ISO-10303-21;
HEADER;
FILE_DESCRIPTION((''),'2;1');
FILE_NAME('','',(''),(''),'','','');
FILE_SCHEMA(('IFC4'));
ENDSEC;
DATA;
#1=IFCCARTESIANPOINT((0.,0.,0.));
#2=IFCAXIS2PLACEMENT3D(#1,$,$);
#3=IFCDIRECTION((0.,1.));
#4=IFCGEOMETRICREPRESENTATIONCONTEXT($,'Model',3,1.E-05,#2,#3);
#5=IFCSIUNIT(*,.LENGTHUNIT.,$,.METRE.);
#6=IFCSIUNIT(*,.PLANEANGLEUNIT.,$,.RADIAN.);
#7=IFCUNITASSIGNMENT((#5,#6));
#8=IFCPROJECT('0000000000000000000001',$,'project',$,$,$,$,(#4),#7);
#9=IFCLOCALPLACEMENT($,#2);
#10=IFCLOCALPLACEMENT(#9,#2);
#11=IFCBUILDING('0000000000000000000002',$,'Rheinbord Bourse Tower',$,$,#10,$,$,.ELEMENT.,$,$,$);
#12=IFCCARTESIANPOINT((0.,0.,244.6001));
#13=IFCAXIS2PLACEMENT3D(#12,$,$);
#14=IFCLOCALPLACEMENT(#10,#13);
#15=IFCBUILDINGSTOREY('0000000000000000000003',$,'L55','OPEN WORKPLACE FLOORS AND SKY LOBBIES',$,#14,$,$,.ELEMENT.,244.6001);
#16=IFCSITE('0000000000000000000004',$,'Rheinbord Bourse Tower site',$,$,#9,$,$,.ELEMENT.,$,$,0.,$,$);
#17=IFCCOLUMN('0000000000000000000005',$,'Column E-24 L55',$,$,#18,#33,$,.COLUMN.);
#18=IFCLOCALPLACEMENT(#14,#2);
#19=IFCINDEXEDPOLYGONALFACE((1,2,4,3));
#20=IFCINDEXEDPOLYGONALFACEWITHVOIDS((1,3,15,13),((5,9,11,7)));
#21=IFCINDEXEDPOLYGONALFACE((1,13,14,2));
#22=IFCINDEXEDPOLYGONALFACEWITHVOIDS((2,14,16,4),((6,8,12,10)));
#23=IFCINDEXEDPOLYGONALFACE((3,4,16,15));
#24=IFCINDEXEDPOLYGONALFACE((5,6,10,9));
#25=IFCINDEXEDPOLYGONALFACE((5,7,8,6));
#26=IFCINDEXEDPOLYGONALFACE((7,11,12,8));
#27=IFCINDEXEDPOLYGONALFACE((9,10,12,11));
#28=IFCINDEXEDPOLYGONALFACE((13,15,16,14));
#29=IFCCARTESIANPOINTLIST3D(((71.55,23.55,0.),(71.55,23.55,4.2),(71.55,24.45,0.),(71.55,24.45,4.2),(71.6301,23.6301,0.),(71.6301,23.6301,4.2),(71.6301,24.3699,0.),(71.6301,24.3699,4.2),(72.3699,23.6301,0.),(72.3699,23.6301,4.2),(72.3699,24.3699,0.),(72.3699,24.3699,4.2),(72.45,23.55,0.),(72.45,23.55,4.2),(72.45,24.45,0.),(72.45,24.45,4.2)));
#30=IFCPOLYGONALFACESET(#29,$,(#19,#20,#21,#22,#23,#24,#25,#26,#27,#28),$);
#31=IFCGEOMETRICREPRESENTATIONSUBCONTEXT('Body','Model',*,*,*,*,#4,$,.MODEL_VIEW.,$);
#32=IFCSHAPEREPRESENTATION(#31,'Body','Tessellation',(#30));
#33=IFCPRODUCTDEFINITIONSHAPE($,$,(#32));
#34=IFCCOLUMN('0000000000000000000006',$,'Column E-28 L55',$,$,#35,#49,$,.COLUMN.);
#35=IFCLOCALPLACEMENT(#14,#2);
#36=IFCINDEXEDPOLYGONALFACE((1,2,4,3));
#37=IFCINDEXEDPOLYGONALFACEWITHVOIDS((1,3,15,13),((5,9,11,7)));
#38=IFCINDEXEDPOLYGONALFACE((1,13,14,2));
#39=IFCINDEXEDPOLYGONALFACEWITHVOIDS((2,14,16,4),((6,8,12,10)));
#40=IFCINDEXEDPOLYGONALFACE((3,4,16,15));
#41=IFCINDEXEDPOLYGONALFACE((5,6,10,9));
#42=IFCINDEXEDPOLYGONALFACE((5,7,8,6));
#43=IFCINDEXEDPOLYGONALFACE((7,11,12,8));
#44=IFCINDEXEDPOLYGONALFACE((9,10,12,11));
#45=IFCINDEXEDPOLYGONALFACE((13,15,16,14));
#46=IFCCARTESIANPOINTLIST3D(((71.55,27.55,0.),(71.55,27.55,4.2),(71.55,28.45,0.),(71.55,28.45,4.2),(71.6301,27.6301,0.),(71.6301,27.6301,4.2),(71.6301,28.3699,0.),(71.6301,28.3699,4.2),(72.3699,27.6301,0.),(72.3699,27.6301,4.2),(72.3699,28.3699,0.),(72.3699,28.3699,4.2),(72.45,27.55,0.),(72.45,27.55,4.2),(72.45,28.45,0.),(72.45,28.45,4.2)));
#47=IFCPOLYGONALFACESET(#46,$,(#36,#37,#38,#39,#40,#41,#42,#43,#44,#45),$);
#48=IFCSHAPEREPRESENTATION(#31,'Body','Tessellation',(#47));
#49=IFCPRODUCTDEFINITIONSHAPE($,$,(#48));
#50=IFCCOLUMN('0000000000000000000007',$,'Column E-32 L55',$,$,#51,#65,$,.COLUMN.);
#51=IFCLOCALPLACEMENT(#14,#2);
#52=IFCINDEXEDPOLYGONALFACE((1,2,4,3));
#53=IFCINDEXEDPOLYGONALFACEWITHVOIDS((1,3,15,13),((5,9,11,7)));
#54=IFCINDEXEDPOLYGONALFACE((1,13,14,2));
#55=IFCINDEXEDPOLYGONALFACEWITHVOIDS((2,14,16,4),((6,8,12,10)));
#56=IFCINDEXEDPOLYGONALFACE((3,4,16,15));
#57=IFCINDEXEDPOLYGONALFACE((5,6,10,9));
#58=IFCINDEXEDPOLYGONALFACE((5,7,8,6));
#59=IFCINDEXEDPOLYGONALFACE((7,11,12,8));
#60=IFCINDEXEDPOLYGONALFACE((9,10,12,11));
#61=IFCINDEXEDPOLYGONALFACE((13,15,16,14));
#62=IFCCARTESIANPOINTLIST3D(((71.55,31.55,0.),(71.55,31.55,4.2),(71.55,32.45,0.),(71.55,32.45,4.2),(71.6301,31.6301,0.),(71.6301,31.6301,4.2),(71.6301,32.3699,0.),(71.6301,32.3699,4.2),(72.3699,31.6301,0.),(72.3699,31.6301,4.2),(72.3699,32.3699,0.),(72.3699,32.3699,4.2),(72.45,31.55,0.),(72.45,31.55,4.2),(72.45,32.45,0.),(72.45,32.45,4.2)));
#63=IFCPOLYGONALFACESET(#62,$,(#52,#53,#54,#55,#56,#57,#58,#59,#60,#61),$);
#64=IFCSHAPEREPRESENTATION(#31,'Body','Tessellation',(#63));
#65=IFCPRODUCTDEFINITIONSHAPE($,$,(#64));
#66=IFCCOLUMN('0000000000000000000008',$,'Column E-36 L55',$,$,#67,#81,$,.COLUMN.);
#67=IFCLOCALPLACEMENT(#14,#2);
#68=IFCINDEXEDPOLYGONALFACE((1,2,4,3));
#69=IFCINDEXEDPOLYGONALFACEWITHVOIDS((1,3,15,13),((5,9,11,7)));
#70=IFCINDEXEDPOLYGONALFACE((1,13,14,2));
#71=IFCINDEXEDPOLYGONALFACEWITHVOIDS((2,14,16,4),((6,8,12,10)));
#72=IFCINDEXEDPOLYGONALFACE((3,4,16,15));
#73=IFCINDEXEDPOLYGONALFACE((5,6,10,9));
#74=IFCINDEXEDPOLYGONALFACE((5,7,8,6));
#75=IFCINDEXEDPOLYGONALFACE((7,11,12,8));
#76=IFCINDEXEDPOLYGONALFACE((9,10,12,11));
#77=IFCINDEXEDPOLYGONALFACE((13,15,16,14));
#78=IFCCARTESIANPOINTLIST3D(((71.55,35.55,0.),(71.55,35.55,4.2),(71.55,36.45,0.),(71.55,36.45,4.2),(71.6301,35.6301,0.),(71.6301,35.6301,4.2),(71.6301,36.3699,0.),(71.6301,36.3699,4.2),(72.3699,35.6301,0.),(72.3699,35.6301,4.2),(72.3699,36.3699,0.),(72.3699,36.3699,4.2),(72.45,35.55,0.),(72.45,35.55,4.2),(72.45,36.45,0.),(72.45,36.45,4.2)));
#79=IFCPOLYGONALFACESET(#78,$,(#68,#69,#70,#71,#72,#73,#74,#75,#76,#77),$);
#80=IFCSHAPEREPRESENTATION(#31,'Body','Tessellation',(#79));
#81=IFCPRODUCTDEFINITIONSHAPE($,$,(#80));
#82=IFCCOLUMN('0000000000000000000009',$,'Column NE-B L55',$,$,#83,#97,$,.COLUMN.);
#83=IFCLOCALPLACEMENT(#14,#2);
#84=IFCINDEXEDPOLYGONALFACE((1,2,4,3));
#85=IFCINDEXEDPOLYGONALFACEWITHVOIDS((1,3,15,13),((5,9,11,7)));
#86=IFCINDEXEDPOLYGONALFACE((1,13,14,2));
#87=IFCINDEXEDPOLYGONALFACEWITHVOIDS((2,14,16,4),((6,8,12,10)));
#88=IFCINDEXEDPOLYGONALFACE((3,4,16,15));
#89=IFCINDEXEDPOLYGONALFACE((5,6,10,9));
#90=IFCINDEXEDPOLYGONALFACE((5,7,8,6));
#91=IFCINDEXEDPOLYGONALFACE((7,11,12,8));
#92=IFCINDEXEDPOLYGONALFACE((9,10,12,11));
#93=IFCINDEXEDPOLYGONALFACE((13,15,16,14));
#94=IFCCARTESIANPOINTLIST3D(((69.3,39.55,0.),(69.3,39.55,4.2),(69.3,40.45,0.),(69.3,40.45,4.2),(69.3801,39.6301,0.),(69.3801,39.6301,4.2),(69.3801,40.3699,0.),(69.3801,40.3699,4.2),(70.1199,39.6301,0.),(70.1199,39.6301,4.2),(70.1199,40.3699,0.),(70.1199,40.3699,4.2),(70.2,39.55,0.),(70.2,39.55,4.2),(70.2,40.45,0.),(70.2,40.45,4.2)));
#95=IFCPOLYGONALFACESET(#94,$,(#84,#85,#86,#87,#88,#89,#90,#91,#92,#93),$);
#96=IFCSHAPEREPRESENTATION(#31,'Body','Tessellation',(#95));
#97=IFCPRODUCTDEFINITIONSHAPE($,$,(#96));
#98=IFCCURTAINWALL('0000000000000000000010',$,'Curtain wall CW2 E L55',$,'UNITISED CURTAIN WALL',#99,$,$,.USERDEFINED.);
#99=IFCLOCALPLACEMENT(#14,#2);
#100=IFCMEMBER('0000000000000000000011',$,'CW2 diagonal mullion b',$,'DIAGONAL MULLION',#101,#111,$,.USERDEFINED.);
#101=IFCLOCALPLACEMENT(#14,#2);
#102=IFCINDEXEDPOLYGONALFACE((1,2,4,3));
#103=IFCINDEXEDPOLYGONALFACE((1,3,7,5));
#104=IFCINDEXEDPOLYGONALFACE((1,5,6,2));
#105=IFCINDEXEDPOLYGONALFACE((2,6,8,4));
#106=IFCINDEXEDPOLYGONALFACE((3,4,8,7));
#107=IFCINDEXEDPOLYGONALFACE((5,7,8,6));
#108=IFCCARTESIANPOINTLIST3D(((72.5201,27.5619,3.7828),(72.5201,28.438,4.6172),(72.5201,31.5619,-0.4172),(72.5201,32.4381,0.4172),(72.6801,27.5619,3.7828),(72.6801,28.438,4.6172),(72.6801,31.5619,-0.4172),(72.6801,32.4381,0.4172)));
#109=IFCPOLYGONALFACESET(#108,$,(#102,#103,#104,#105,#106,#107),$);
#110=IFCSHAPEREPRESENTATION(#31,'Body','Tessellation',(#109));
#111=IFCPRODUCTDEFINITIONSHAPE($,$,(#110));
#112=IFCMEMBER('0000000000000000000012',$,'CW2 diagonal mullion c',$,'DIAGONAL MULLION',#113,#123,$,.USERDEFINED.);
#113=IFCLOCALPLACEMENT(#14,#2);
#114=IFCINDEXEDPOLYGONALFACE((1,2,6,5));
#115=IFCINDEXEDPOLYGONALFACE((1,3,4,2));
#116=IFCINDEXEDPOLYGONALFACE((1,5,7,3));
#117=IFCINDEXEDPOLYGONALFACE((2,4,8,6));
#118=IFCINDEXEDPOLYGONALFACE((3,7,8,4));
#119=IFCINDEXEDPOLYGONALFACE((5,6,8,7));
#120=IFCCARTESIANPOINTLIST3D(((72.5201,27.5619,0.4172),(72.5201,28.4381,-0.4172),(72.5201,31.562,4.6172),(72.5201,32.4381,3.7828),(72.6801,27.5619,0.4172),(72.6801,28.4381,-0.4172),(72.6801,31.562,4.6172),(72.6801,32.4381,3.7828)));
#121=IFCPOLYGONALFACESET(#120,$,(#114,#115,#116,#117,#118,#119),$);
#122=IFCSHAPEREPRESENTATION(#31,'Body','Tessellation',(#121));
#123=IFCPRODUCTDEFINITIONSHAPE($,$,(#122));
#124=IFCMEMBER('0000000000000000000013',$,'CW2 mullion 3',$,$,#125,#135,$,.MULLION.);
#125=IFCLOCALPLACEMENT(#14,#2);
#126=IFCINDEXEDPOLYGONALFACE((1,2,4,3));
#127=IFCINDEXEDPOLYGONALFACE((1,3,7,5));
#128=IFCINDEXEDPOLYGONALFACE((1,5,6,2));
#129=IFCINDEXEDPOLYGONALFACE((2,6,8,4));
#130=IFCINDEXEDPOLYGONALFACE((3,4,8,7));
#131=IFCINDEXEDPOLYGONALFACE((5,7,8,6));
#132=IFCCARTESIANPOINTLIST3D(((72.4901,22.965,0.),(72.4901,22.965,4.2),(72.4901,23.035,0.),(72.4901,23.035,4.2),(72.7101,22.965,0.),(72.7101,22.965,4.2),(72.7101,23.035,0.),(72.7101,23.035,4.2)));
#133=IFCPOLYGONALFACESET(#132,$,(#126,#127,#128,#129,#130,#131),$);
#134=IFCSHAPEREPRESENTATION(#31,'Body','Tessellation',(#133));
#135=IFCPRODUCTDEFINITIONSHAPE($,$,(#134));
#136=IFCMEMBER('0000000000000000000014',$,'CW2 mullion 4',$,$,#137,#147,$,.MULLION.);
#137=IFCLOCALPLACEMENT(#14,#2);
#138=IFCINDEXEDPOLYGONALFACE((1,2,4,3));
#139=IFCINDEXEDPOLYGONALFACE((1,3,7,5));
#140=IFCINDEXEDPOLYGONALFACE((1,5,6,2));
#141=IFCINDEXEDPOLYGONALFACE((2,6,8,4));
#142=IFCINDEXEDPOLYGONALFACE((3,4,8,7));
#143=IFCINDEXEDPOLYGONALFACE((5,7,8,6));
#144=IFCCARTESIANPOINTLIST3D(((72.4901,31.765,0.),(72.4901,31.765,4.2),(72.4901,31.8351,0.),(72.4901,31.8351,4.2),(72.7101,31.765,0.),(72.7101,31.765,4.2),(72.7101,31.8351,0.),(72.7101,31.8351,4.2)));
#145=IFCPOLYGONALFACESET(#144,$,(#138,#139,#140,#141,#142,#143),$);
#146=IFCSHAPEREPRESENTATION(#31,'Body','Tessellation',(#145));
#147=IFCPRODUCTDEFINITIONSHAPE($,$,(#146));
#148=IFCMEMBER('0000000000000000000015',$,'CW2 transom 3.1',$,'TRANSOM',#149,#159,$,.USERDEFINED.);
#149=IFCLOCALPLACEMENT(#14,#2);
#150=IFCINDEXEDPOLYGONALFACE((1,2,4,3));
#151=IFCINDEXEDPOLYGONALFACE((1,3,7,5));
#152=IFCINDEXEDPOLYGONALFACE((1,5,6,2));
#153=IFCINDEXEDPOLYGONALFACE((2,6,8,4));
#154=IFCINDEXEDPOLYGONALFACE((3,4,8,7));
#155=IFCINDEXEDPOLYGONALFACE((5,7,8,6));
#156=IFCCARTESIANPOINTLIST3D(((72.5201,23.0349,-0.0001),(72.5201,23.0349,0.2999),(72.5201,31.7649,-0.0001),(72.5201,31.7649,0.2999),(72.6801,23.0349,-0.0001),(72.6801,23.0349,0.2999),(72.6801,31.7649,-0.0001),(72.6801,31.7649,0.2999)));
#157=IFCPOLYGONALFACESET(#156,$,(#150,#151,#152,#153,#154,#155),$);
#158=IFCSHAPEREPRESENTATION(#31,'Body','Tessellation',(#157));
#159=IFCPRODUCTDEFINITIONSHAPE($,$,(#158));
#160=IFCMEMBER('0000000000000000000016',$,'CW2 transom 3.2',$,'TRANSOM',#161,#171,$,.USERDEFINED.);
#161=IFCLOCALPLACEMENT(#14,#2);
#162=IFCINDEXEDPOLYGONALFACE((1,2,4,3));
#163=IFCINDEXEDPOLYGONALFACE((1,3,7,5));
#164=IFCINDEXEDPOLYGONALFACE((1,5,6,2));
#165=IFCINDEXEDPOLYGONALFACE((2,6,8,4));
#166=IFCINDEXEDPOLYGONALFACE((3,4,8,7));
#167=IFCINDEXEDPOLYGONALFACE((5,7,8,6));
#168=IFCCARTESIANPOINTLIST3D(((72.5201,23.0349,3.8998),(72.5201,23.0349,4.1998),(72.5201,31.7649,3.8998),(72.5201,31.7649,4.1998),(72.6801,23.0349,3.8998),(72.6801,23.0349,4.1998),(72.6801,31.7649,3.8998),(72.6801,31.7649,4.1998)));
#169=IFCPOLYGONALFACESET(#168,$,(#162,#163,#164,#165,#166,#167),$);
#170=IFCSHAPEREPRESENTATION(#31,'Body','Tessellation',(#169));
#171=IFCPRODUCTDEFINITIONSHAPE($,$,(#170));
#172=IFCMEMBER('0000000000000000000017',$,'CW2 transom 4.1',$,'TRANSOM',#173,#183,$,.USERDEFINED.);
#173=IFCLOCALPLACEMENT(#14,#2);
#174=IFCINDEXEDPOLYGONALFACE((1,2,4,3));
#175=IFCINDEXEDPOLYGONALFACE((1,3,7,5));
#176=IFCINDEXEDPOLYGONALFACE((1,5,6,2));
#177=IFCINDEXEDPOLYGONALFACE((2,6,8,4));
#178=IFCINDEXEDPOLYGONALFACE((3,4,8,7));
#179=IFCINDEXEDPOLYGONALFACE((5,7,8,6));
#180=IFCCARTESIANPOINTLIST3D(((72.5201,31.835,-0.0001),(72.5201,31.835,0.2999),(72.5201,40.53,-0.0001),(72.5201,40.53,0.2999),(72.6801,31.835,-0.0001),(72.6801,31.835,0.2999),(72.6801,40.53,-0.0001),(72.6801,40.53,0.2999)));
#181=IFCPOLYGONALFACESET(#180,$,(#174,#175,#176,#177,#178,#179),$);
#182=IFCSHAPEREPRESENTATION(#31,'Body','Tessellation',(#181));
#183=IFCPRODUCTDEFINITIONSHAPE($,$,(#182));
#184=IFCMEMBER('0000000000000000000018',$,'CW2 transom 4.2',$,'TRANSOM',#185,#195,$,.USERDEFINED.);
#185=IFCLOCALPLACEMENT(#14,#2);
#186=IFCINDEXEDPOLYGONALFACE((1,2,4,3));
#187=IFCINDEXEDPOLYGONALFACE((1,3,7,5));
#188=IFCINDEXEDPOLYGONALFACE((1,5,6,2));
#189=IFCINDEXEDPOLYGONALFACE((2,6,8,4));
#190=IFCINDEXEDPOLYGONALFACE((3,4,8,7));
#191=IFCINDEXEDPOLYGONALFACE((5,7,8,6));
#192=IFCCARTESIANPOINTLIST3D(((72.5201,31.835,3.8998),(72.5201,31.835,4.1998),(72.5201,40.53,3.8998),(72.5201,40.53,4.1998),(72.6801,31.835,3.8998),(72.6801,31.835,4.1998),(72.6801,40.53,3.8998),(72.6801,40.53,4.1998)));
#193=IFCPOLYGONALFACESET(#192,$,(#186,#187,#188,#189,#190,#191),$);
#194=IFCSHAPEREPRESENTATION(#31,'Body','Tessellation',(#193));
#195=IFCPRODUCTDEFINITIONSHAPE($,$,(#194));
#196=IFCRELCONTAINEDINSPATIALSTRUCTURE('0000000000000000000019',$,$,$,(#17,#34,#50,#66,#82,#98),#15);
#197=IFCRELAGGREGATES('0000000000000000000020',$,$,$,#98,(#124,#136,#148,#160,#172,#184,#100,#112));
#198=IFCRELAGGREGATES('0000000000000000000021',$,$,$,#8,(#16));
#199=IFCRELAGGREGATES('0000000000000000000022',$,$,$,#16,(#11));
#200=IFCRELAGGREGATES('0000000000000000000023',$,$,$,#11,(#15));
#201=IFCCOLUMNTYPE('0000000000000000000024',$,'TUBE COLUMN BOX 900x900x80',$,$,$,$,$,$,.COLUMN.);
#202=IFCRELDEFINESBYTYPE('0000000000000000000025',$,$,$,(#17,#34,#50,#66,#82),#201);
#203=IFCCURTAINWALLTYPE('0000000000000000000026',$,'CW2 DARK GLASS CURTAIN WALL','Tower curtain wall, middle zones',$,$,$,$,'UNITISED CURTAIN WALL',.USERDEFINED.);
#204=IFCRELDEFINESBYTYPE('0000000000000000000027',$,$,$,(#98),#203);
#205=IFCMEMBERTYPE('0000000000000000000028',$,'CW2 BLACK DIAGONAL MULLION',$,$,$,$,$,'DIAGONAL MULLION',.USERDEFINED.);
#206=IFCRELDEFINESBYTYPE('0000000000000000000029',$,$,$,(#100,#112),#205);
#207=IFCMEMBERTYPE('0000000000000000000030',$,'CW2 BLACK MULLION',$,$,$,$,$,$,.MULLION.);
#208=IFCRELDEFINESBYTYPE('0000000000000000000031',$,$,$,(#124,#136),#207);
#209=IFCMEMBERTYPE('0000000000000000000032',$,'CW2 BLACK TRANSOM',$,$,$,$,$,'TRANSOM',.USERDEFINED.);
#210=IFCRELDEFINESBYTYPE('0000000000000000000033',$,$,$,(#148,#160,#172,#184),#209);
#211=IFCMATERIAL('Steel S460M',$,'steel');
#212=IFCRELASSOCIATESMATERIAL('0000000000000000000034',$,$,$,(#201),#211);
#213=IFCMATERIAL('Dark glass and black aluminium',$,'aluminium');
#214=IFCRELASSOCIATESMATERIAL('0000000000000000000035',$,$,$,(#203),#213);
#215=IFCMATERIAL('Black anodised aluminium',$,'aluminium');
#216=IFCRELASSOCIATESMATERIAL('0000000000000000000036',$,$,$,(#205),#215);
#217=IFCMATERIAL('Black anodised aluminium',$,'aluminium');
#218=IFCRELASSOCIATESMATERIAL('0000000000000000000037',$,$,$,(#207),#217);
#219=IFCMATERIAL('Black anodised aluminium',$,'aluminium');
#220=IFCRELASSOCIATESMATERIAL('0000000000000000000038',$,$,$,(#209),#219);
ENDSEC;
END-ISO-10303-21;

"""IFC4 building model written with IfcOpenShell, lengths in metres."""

from ifc_helpers import new_model, si_unit, direction, frame, origin, origin_2d, place, context, subcontext, project, spatial, rectangle, hollow_rectangle, extrude, material, material_profile, profile_set, type_object, element, aggregate, save


model = new_model("IFC4")

# Units and contexts
model_context = context("Model", 3, precision=1e-05, world=origin(), true_north=direction((0.0, 1.0)))
body_context = subcontext(model_context, "Body", "Model", "MODEL_VIEW")
ifc_project = project(units=[si_unit("LENGTHUNIT", "METRE"), si_unit("PLANEANGLEUNIT", "RADIAN")], contexts=[model_context])

# Site, building, storey
site_placement = place(None, origin())
site = spatial("IfcSite", under=ifc_project, at=site_placement, Name="Rheinbord Bourse Tower site", CompositionType="ELEMENT", RefElevation=0.0)
building_placement = place(site_placement, origin())
building = spatial("IfcBuilding", under=site, at=building_placement, Name="Rheinbord Bourse Tower", CompositionType="ELEMENT")
storey_placement = place(building_placement, frame((0.0, 0.0, 244.6001)))
storey = spatial("IfcBuildingStorey", under=building, at=storey_placement, Name="L55", Description="OPEN WORKPLACE FLOORS AND SKY LOBBIES", CompositionType="ELEMENT", Elevation=244.6001)

# Columns
ifc_material_1 = material(Name="Steel S460M", Category="steel")
ifc_material_profile_1 = material_profile(ifc_material_1, hollow_rectangle(XDim=0.8999, YDim=0.8999, WallThickness=0.0801, at=origin_2d()), Name="BOX 900x900x80")
ifc_profile_set_1 = profile_set([ifc_material_profile_1], Name="Steel S460M")
column_type = type_object("IfcColumnType", Name="TUBE COLUMN BOX 900x900x80", PredefinedType="COLUMN", material=ifc_profile_set_1)
for number, where, z_axis, x_axis, name in (
    (1, (72.0, 24.0, 0.0), (0.0, 0.0, 1.0), (1.0, 0.0, 0.0), "Column E-24 L55"),
    (2, (72.0, 28.0, 0.0), (0.0, 0.0, 1.0), (1.0, 0.0, 0.0), "Column E-28 L55"),
    (3, (72.0, 32.0, 0.0), (0.0, 0.0, 1.0), (1.0, 0.0, 0.0), "Column E-32 L55"),
    (4, (72.0, 36.0, 0.0), (0.0, 0.0, 1.0), (1.0, 0.0, 0.0), "Column E-36 L55"),
    (5, (69.75, 40.0, 0.0), (0.0, 0.0, 1.0), (1.0, 0.0, 0.0), "Column NE-B L55"),
):
    element("IfcColumn", number, at=place(storey_placement, frame(where, z_axis=z_axis, x_axis=x_axis)), inside=storey, type_object=column_type, Name=name, PredefinedType="COLUMN", context=body_context, shape_type="SweptSolid", body=[
        extrude(hollow_rectangle(XDim=0.8999, YDim=0.8999, WallThickness=0.0801, at=origin_2d()), origin(), (0.0, 0.0, 1.0), 4.2),
    ])

# Curtain wall, members
ifc_material_2 = material(Name="Dark glass and black aluminium", Category="aluminium")
curtain_wall_type = type_object("IfcCurtainWallType", Name="CW2 DARK GLASS CURTAIN WALL", Description="Tower curtain wall, middle zones", ElementType="UNITISED CURTAIN WALL", PredefinedType="USERDEFINED", material=ifc_material_2)
curtain_wall_placement = place(storey_placement, origin())
curtain_wall = element("IfcCurtainWall", 6, at=curtain_wall_placement, inside=storey, type_object=curtain_wall_type, Name="Curtain wall CW2 E L55", ObjectType="UNITISED CURTAIN WALL", PredefinedType="USERDEFINED")
ifc_material_3 = material(Name="Black anodised aluminium", Category="aluminium")
ifc_material_profile_2 = material_profile(ifc_material_3, rectangle(XDim=0.1599, YDim=1.21, at=origin_2d()), Name="CW2 DIAGONAL MULLION 1210x160")
ifc_profile_set_2 = profile_set([ifc_material_profile_2], Name="Black anodised aluminium")
member_type_1 = type_object("IfcMemberType", Name="CW2 BLACK DIAGONAL MULLION", ElementType="DIAGONAL MULLION", PredefinedType="USERDEFINED", material=ifc_profile_set_2)
member_1_placement = place(storey_placement, frame((72.6001, 32.0, 0.0), z_axis=(0.0, -0.689659, 0.724134), x_axis=(1.0, 0.0, 0.0)))
member_1 = element("IfcMember", 7, at=member_1_placement, type_object=member_type_1, Name="CW2 diagonal mullion b", ObjectType="DIAGONAL MULLION", PredefinedType="USERDEFINED", context=body_context, shape_type="SweptSolid", body=[
    extrude(rectangle(XDim=0.1599, YDim=1.21, at=origin_2d()), origin(), (0.0, 0.0, 1.0), 5.8),
])
member_2_placement = place(storey_placement, frame((72.6001, 28.0, 0.0), z_axis=(0.0, 0.689659, 0.724134), x_axis=(-1.0, 0.0, 0.0)))
member_2 = element("IfcMember", 8, at=member_2_placement, type_object=member_type_1, Name="CW2 diagonal mullion c", ObjectType="DIAGONAL MULLION", PredefinedType="USERDEFINED", context=body_context, shape_type="SweptSolid", body=[
    extrude(rectangle(XDim=0.1599, YDim=1.21, at=origin_2d()), origin(), (0.0, 0.0, 1.0), 5.8),
])
ifc_material_4 = material(Name="Black anodised aluminium", Category="aluminium")
ifc_material_profile_3 = material_profile(ifc_material_4, rectangle(XDim=0.22, YDim=0.0701, at=origin_2d()), Name="CW2 MULLION 70x220")
ifc_profile_set_3 = profile_set([ifc_material_profile_3], Name="Black anodised aluminium")
member_type_2 = type_object("IfcMemberType", Name="CW2 BLACK MULLION", PredefinedType="MULLION", material=ifc_profile_set_3)
member_3_placement = place(storey_placement, frame((72.6001, 23.0, 0.0), z_axis=(0.0, 0.0, 1.0), x_axis=(-1.0, 0.0, 0.0)))
member_3 = element("IfcMember", 9, at=member_3_placement, type_object=member_type_2, Name="CW2 mullion 3", PredefinedType="MULLION", context=body_context, shape_type="SweptSolid", body=[
    extrude(rectangle(XDim=0.22, YDim=0.0701, at=origin_2d()), origin(), (0.0, 0.0, 1.0), 4.2),
])
member_4_placement = place(storey_placement, frame((72.6001, 31.8, 0.0), z_axis=(0.0, 0.0, 1.0), x_axis=(-1.0, 0.0, 0.0)))
member_4 = element("IfcMember", 10, at=member_4_placement, type_object=member_type_2, Name="CW2 mullion 4", PredefinedType="MULLION", context=body_context, shape_type="SweptSolid", body=[
    extrude(rectangle(XDim=0.22, YDim=0.0701, at=origin_2d()), origin(), (0.0, 0.0, 1.0), 4.2),
])
ifc_material_5 = material(Name="Black anodised aluminium", Category="aluminium")
ifc_material_profile_4 = material_profile(ifc_material_5, rectangle(XDim=0.1599, YDim=0.3, at=origin_2d()), Name="CW2 TRANSOM 300x160")
ifc_profile_set_4 = profile_set([ifc_material_profile_4], Name="Black anodised aluminium")
member_type_3 = type_object("IfcMemberType", Name="CW2 BLACK TRANSOM", ElementType="TRANSOM", PredefinedType="USERDEFINED", material=ifc_profile_set_4)
member_5_placement = place(storey_placement, frame((72.6001, 23.0349, 0.1499), z_axis=(0.0, 1.0, 0.0), x_axis=(-1.0, 0.0, 0.0)))
member_5 = element("IfcMember", 11, at=member_5_placement, type_object=member_type_3, Name="CW2 transom 3.1", ObjectType="TRANSOM", PredefinedType="USERDEFINED", context=body_context, shape_type="SweptSolid", body=[
    extrude(rectangle(XDim=0.1599, YDim=0.3, at=origin_2d()), origin(), (0.0, 0.0, 1.0), 8.73),
])
member_6_placement = place(storey_placement, frame((72.6001, 23.0349, 4.0498), z_axis=(0.0, 1.0, 0.0), x_axis=(-1.0, 0.0, 0.0)))
member_6 = element("IfcMember", 12, at=member_6_placement, type_object=member_type_3, Name="CW2 transom 3.2", ObjectType="TRANSOM", PredefinedType="USERDEFINED", context=body_context, shape_type="SweptSolid", body=[
    extrude(rectangle(XDim=0.1599, YDim=0.3, at=origin_2d()), origin(), (0.0, 0.0, 1.0), 8.73),
])
member_7_placement = place(storey_placement, frame((72.6001, 31.835, 0.1499), z_axis=(0.0, 1.0, 0.0), x_axis=(-1.0, 0.0, 0.0)))
member_7 = element("IfcMember", 13, at=member_7_placement, type_object=member_type_3, Name="CW2 transom 4.1", ObjectType="TRANSOM", PredefinedType="USERDEFINED", context=body_context, shape_type="SweptSolid", body=[
    extrude(rectangle(XDim=0.1599, YDim=0.3, at=origin_2d()), origin(), (0.0, 0.0, 1.0), 8.6951),
])
member_8_placement = place(storey_placement, frame((72.6001, 31.835, 4.0498), z_axis=(0.0, 1.0, 0.0), x_axis=(-1.0, 0.0, 0.0)))
member_8 = element("IfcMember", 14, at=member_8_placement, type_object=member_type_3, Name="CW2 transom 4.2", ObjectType="TRANSOM", PredefinedType="USERDEFINED", context=body_context, shape_type="SweptSolid", body=[
    extrude(rectangle(XDim=0.1599, YDim=0.3, at=origin_2d()), origin(), (0.0, 0.0, 1.0), 8.6951),
])

aggregate(curtain_wall, [member_3, member_4, member_5, member_6, member_7, member_8, member_1, member_2])

save(model, "model.ifc")
